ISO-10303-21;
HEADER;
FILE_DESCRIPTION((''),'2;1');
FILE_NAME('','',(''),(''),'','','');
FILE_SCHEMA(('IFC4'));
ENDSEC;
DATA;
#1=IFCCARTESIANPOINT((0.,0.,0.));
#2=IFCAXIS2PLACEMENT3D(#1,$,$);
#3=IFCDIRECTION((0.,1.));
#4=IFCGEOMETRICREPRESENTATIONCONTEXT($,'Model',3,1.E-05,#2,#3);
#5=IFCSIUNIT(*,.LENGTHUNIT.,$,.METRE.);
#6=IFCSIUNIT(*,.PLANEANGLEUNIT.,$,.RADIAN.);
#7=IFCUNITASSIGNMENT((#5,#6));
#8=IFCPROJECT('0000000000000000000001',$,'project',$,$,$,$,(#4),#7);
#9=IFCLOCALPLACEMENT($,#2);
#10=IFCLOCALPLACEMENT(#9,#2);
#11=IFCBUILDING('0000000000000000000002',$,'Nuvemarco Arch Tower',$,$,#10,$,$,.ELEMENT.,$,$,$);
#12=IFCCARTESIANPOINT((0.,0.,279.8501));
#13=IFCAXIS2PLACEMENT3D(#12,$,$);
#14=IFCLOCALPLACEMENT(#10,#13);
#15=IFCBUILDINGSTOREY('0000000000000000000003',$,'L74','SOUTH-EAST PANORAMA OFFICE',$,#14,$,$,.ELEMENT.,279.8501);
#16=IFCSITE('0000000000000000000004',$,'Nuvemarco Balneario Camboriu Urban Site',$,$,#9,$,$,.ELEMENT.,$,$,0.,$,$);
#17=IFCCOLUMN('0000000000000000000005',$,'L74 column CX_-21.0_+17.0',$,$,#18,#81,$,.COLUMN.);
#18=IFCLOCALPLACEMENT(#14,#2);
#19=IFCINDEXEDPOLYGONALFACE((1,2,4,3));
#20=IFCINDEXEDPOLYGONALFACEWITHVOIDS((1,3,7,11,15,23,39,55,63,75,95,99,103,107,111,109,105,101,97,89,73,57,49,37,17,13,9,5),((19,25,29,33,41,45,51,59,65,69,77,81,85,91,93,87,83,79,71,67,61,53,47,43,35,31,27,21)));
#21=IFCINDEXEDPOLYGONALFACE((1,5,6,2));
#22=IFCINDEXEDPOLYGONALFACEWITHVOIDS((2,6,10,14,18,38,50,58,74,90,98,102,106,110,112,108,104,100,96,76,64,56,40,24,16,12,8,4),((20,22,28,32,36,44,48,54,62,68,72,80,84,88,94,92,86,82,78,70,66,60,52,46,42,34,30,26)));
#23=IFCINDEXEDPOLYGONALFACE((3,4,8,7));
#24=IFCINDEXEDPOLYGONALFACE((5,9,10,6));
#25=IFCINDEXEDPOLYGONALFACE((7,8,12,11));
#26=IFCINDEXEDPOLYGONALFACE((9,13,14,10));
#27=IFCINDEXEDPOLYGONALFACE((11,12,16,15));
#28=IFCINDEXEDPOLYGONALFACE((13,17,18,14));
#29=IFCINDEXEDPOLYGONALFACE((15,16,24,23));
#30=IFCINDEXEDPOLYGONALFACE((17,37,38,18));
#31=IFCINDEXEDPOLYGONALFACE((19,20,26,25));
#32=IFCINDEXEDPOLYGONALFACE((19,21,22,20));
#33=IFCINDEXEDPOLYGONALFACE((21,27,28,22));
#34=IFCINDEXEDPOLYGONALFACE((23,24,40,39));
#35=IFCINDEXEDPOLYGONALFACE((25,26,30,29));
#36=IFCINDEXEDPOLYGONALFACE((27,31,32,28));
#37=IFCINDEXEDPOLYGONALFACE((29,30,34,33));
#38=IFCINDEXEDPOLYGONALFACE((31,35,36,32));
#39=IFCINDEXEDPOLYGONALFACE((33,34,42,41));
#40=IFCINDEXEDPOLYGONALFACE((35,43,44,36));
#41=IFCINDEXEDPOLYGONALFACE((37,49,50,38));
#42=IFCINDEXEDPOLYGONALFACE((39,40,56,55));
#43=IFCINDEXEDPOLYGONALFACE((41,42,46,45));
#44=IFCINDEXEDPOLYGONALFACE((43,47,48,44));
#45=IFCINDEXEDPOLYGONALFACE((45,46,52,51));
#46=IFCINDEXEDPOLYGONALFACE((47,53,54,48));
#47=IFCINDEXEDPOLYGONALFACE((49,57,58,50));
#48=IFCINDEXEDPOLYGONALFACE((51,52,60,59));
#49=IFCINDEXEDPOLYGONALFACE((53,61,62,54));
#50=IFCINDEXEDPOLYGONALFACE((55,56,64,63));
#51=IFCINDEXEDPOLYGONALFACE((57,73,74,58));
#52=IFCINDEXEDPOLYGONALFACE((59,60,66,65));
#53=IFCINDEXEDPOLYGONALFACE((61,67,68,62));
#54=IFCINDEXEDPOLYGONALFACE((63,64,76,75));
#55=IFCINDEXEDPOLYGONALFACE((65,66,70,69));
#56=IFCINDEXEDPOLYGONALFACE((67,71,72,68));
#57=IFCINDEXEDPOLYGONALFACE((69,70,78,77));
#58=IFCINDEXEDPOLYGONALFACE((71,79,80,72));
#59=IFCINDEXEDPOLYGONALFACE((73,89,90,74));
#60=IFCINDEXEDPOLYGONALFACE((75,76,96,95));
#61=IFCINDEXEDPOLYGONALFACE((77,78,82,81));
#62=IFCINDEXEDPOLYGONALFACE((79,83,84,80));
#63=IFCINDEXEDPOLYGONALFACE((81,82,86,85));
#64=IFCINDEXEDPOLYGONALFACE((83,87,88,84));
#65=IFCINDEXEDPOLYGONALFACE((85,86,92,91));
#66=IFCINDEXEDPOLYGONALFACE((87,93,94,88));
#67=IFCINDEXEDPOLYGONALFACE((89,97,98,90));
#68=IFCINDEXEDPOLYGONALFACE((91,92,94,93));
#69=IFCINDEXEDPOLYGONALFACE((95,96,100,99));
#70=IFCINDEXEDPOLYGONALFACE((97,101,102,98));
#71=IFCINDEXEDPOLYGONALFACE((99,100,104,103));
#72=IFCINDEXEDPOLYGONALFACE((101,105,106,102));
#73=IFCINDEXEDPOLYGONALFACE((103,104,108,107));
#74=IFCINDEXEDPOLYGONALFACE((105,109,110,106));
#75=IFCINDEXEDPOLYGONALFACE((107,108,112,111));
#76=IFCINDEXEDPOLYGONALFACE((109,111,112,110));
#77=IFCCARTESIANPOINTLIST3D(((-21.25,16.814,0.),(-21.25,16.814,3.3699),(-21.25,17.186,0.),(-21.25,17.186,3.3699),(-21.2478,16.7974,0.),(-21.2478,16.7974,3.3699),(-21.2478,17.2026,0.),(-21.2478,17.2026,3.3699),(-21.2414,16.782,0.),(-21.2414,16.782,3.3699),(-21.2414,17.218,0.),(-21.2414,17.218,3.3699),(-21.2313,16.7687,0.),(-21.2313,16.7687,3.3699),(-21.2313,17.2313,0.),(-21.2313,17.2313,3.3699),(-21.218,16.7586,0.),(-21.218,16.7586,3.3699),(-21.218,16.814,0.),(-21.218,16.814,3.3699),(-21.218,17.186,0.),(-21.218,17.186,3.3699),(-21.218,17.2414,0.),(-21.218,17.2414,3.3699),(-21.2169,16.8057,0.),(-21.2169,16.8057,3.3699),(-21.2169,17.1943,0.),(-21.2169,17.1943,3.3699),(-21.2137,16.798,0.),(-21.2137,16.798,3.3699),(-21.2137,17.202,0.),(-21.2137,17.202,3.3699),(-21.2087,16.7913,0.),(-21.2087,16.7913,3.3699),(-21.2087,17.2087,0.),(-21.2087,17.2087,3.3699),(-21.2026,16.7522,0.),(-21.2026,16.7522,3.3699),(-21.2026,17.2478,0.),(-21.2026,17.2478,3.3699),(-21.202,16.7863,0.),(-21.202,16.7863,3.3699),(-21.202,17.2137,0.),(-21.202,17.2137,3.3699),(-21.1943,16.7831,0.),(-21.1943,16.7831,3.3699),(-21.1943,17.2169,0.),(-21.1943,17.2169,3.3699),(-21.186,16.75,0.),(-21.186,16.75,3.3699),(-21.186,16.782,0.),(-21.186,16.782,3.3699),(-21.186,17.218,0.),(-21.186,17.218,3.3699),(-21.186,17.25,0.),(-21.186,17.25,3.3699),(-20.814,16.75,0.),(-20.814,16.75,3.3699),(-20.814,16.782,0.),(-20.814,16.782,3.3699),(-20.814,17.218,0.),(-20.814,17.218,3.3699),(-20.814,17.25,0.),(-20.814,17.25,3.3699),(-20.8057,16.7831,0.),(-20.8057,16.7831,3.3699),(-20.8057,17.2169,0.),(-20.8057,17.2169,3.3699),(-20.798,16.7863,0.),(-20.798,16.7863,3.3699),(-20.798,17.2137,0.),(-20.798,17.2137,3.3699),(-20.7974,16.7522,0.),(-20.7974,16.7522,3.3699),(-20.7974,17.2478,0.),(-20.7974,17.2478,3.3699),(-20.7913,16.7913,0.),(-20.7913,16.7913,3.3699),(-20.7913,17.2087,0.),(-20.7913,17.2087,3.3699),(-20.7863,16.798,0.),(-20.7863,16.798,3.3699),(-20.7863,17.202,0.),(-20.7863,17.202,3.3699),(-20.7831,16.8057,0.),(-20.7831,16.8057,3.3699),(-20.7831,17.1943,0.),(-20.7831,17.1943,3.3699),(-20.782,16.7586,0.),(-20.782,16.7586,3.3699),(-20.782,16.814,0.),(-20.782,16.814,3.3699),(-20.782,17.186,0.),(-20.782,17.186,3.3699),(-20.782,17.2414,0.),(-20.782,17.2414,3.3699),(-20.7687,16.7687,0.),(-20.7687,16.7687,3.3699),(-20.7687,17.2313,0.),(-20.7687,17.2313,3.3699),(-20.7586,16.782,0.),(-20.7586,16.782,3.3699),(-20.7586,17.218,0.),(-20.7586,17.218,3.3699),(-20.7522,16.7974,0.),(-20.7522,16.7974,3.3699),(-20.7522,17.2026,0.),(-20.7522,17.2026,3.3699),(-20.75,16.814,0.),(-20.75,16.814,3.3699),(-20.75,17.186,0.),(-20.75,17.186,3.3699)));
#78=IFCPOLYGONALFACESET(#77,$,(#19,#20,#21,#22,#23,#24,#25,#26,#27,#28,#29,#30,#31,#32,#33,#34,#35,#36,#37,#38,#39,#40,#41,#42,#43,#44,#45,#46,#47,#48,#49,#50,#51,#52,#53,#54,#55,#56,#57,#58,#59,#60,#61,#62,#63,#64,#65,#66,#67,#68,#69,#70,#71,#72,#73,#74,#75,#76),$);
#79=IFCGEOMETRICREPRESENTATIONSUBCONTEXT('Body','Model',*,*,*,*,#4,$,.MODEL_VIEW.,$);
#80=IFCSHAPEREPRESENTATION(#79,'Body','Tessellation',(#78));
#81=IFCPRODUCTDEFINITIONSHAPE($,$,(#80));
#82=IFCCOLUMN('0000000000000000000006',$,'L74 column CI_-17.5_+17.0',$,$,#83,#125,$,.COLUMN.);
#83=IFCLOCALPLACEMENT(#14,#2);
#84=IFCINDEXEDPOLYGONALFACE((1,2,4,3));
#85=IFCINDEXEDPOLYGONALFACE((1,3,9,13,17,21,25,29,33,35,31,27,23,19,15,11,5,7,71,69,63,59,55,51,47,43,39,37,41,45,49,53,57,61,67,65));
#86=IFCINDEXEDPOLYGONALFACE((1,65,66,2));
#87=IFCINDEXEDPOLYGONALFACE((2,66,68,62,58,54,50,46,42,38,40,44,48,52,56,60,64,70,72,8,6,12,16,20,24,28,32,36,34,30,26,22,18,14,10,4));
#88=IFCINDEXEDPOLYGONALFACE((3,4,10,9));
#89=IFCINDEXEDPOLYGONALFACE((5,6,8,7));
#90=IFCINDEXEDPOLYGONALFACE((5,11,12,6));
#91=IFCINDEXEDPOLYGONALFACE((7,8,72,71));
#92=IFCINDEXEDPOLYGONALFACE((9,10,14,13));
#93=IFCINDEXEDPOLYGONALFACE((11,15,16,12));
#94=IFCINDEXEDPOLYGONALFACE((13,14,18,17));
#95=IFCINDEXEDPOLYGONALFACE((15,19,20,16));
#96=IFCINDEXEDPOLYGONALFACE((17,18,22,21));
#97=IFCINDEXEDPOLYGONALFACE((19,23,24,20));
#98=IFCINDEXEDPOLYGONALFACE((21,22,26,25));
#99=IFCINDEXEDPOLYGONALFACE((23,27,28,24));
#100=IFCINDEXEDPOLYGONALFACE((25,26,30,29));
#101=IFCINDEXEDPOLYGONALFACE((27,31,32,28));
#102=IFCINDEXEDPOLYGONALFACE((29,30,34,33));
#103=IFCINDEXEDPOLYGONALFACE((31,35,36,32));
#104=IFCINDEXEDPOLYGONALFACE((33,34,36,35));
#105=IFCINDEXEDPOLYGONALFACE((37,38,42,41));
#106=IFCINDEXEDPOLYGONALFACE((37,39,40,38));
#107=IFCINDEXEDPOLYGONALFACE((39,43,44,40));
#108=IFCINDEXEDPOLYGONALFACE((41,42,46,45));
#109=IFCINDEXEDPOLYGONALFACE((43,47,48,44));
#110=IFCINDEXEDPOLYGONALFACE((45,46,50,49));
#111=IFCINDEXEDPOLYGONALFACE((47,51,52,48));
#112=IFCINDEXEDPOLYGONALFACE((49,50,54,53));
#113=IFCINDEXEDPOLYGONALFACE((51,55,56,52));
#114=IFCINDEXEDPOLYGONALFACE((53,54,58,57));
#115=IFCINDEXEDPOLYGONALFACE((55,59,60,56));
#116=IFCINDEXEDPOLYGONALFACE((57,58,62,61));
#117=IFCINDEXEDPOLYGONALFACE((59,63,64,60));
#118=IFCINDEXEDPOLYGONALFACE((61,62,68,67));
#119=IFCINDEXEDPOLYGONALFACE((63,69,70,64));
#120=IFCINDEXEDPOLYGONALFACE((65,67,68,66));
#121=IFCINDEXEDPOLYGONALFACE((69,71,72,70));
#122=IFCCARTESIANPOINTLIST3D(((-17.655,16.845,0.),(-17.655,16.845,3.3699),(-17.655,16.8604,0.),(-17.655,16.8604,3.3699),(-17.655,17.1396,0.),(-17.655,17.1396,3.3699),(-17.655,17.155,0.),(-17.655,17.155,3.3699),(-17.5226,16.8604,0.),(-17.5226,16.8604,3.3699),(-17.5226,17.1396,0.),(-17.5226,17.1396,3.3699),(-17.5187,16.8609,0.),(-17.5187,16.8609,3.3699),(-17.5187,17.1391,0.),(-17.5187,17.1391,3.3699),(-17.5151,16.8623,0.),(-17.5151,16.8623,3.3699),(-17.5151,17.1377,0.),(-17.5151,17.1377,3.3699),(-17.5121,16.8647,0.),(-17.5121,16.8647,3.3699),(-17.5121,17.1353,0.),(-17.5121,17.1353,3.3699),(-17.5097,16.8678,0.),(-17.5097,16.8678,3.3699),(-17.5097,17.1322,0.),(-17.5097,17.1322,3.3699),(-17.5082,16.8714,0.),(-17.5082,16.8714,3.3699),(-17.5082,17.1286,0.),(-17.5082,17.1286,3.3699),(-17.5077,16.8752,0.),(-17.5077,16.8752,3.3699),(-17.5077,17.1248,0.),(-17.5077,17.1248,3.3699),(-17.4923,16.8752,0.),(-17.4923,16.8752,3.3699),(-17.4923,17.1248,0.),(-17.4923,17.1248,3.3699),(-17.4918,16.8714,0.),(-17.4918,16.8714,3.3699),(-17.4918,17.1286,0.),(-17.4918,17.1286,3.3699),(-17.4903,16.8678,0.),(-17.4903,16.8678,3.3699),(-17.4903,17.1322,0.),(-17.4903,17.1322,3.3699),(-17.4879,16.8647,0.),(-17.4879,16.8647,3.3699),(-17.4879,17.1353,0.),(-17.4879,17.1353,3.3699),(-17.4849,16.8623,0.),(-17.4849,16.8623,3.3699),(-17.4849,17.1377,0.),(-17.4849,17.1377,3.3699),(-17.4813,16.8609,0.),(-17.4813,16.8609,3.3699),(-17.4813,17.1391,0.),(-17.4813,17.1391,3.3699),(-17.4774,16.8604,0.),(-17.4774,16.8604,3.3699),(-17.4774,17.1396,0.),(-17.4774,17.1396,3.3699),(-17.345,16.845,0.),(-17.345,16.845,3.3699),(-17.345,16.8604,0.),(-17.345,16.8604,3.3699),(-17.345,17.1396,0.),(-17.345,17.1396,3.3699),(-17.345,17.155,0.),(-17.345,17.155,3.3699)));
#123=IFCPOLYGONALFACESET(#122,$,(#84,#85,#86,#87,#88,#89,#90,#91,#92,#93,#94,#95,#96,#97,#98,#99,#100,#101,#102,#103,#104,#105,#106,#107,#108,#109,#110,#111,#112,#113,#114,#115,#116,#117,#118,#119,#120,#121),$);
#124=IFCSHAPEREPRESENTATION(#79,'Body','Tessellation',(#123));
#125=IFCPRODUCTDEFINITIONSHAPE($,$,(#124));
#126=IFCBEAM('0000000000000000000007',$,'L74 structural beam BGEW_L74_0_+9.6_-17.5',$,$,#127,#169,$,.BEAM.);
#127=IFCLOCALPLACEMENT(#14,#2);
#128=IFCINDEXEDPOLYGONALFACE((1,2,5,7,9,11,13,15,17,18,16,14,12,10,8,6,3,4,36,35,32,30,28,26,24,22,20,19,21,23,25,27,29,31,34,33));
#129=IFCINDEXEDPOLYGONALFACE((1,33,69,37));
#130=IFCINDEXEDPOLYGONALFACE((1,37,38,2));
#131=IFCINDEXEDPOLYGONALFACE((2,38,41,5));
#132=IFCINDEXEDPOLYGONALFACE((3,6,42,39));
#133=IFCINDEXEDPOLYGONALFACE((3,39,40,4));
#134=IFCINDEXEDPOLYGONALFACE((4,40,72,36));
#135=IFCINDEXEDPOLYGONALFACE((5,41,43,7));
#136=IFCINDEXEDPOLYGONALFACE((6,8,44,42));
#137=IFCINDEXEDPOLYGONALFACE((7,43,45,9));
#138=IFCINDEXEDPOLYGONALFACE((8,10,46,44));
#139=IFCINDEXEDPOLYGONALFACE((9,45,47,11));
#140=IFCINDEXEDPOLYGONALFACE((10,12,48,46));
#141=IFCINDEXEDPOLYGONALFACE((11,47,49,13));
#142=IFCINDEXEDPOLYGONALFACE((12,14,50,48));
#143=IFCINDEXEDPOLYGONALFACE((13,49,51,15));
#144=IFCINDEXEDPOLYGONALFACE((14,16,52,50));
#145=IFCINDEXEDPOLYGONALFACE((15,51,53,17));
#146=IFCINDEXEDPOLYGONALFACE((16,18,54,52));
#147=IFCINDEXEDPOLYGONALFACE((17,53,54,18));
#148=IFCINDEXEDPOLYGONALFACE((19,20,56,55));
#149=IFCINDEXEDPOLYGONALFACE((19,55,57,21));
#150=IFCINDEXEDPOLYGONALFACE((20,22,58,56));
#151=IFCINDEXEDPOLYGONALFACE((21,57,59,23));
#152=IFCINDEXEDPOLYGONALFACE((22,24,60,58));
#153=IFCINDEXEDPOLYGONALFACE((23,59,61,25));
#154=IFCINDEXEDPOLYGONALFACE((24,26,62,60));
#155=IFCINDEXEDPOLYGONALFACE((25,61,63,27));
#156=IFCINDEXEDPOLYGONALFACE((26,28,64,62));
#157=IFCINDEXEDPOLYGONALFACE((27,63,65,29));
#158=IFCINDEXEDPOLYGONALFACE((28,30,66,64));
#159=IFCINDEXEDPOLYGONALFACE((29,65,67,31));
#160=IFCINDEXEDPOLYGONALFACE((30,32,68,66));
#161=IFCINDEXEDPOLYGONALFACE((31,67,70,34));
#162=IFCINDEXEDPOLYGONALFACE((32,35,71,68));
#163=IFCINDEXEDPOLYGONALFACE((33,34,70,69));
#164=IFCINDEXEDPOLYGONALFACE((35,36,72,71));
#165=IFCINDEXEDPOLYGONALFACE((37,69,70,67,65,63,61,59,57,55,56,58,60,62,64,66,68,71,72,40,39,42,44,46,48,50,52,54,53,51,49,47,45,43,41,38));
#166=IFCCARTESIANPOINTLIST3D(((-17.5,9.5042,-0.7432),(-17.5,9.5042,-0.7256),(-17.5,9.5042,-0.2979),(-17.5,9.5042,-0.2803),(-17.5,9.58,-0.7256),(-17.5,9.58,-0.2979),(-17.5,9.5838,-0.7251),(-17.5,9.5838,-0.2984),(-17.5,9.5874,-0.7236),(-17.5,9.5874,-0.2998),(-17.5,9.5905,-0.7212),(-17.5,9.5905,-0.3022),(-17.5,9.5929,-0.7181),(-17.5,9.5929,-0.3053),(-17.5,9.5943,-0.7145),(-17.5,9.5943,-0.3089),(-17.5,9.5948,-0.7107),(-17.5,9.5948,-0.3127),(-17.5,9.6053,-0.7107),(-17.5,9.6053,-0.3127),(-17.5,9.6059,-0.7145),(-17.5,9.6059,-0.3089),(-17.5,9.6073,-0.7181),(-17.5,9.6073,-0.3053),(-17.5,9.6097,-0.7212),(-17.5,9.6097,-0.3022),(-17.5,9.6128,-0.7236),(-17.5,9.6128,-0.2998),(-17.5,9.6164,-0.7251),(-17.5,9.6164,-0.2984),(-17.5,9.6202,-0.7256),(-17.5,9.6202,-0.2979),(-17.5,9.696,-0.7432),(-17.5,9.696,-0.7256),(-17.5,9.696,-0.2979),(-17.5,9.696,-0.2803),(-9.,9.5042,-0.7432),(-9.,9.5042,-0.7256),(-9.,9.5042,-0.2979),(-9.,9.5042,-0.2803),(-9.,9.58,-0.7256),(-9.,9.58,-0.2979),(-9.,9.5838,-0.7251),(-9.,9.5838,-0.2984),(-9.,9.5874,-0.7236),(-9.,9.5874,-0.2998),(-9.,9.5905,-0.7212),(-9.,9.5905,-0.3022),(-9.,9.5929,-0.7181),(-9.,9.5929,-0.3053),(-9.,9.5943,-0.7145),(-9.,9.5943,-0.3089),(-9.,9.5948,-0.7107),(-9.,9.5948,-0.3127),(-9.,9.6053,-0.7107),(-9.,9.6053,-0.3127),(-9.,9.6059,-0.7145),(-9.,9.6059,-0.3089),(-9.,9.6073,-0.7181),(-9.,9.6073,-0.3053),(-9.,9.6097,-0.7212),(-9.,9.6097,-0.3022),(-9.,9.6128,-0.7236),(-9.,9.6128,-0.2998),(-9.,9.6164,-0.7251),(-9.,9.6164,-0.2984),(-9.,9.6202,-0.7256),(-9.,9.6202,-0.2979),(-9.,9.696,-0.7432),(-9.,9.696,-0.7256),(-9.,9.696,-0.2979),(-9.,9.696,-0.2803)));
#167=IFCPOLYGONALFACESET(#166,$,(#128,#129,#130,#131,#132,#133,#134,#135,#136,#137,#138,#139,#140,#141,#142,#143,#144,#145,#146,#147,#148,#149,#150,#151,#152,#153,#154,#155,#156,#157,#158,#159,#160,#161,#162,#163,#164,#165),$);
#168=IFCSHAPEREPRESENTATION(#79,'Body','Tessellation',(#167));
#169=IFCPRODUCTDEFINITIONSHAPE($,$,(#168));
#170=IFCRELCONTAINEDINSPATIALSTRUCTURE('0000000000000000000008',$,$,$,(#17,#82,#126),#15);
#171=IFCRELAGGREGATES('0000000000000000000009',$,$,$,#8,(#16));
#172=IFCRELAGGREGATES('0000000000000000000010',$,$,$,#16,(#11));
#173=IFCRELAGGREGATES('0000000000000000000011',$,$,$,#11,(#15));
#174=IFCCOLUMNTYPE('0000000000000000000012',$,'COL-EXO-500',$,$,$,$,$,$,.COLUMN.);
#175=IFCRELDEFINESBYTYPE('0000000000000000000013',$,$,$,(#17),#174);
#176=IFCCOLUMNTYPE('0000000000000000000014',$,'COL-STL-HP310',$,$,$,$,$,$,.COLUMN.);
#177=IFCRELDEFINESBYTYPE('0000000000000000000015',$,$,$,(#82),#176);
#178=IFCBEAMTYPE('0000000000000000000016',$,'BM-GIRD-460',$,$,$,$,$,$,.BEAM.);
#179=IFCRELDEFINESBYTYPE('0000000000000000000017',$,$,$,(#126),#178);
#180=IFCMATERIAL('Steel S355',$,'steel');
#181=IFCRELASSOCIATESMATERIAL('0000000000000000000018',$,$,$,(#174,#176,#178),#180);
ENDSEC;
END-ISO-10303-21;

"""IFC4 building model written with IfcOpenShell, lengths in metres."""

from ifc_helpers import new_model, si_unit, direction, frame, origin, origin_2d, place, context, subcontext, project, spatial, hollow_rectangle, i_section, extrude, material, material_profile, profile_set, type_object, element, save


model = new_model("IFC4")

# Units and contexts
model_context = context("Model", 3, precision=1e-05, world=origin(), true_north=direction((0.0, 1.0)))
body_context = subcontext(model_context, "Body", "Model", "MODEL_VIEW")
ifc_project = project(units=[si_unit("LENGTHUNIT", "METRE"), si_unit("PLANEANGLEUNIT", "RADIAN")], contexts=[model_context])

# Site, building, storey
site_placement = place(None, origin())
site = spatial("IfcSite", under=ifc_project, at=site_placement, Name="Nuvemarco Balneario Camboriu Urban Site", CompositionType="ELEMENT", RefElevation=0.0)
building_placement = place(site_placement, origin())
building = spatial("IfcBuilding", under=site, at=building_placement, Name="Nuvemarco Arch Tower", CompositionType="ELEMENT")
storey_placement = place(building_placement, frame((0.0, 0.0, 279.8501)))
storey = spatial("IfcBuildingStorey", under=building, at=storey_placement, Name="L74", Description="SOUTH-EAST PANORAMA OFFICE", CompositionType="ELEMENT", Elevation=279.8501)

# Columns
ifc_material_1 = material(Name="Steel S355", Category="steel")
ifc_material_profile_1 = material_profile(ifc_material_1, hollow_rectangle(XDim=0.5, YDim=0.5, WallThickness=0.032, InnerFilletRadius=0.032, OuterFilletRadius=0.064, at=origin_2d()), Name="SHS500x500x32")
ifc_profile_set_1 = profile_set([ifc_material_profile_1], Name="Steel S355")
column_type_1 = type_object("IfcColumnType", Name="COL-EXO-500", PredefinedType="COLUMN", material=ifc_profile_set_1)
column_1_placement = place(storey_placement, frame((-21.0, 17.0, 0.0), z_axis=(0.0, 0.0, 1.0), x_axis=(1.0, 0.0, 0.0)))
element("IfcColumn", 1, at=column_1_placement, inside=storey, type_object=column_type_1, Name="L74 column CX_-21.0_+17.0", PredefinedType="COLUMN", context=body_context, shape_type="SweptSolid", body=[
    extrude(hollow_rectangle(XDim=0.5, YDim=0.5, WallThickness=0.032, InnerFilletRadius=0.032, OuterFilletRadius=0.064, at=origin_2d()), origin(), (0.0, 0.0, 1.0), 3.3699),
])
ifc_material_profile_2 = material_profile(ifc_material_1, i_section(OverallWidth=0.3101, OverallDepth=0.3101, WebThickness=0.0154, FlangeThickness=0.0154, FilletRadius=0.0149, at=origin_2d()), Name="HP310x110")
ifc_profile_set_2 = profile_set([ifc_material_profile_2], Name="Steel S355")
column_type_2 = type_object("IfcColumnType", Name="COL-STL-HP310", PredefinedType="COLUMN", material=ifc_profile_set_2)
column_2_placement = place(storey_placement, frame((-17.5, 17.0, 0.0), z_axis=(0.0, 0.0, 1.0), x_axis=(1.0, 0.0, 0.0)))
element("IfcColumn", 2, at=column_2_placement, inside=storey, type_object=column_type_2, Name="L74 column CI_-17.5_+17.0", PredefinedType="COLUMN", context=body_context, shape_type="SweptSolid", body=[
    extrude(i_section(OverallWidth=0.3101, OverallDepth=0.3101, WebThickness=0.0154, FlangeThickness=0.0154, FilletRadius=0.0149, at=origin_2d()), origin(), (0.0, 0.0, 1.0), 3.3699),
])

# Beam
ifc_material_profile_3 = material_profile(ifc_material_1, i_section(OverallWidth=0.1919, OverallDepth=0.4629, WebThickness=0.0105, FlangeThickness=0.0176, FilletRadius=0.0149, at=origin_2d()), Name="W460x89")
ifc_profile_set_3 = profile_set([ifc_material_profile_3], Name="Steel S355")
beam_type_1 = type_object("IfcBeamType", Name="BM-GIRD-460", PredefinedType="BEAM", material=ifc_profile_set_3)
beam_1_placement = place(storey_placement, frame((-17.5, 9.6001, -0.5117), z_axis=(1.0, 0.0, 0.0), x_axis=(0.0, 1.0, 0.0)))
element("IfcBeam", 3, at=beam_1_placement, inside=storey, type_object=beam_type_1, Name="L74 structural beam BGEW_L74_0_+9.6_-17.5", PredefinedType="BEAM", context=body_context, shape_type="SweptSolid", body=[
    extrude(i_section(OverallWidth=0.1919, OverallDepth=0.4629, WebThickness=0.0105, FlangeThickness=0.0176, FilletRadius=0.0149, at=origin_2d()), origin(), (0.0, 0.0, 1.0), 8.5),
])

save(model, "model.ifc")
